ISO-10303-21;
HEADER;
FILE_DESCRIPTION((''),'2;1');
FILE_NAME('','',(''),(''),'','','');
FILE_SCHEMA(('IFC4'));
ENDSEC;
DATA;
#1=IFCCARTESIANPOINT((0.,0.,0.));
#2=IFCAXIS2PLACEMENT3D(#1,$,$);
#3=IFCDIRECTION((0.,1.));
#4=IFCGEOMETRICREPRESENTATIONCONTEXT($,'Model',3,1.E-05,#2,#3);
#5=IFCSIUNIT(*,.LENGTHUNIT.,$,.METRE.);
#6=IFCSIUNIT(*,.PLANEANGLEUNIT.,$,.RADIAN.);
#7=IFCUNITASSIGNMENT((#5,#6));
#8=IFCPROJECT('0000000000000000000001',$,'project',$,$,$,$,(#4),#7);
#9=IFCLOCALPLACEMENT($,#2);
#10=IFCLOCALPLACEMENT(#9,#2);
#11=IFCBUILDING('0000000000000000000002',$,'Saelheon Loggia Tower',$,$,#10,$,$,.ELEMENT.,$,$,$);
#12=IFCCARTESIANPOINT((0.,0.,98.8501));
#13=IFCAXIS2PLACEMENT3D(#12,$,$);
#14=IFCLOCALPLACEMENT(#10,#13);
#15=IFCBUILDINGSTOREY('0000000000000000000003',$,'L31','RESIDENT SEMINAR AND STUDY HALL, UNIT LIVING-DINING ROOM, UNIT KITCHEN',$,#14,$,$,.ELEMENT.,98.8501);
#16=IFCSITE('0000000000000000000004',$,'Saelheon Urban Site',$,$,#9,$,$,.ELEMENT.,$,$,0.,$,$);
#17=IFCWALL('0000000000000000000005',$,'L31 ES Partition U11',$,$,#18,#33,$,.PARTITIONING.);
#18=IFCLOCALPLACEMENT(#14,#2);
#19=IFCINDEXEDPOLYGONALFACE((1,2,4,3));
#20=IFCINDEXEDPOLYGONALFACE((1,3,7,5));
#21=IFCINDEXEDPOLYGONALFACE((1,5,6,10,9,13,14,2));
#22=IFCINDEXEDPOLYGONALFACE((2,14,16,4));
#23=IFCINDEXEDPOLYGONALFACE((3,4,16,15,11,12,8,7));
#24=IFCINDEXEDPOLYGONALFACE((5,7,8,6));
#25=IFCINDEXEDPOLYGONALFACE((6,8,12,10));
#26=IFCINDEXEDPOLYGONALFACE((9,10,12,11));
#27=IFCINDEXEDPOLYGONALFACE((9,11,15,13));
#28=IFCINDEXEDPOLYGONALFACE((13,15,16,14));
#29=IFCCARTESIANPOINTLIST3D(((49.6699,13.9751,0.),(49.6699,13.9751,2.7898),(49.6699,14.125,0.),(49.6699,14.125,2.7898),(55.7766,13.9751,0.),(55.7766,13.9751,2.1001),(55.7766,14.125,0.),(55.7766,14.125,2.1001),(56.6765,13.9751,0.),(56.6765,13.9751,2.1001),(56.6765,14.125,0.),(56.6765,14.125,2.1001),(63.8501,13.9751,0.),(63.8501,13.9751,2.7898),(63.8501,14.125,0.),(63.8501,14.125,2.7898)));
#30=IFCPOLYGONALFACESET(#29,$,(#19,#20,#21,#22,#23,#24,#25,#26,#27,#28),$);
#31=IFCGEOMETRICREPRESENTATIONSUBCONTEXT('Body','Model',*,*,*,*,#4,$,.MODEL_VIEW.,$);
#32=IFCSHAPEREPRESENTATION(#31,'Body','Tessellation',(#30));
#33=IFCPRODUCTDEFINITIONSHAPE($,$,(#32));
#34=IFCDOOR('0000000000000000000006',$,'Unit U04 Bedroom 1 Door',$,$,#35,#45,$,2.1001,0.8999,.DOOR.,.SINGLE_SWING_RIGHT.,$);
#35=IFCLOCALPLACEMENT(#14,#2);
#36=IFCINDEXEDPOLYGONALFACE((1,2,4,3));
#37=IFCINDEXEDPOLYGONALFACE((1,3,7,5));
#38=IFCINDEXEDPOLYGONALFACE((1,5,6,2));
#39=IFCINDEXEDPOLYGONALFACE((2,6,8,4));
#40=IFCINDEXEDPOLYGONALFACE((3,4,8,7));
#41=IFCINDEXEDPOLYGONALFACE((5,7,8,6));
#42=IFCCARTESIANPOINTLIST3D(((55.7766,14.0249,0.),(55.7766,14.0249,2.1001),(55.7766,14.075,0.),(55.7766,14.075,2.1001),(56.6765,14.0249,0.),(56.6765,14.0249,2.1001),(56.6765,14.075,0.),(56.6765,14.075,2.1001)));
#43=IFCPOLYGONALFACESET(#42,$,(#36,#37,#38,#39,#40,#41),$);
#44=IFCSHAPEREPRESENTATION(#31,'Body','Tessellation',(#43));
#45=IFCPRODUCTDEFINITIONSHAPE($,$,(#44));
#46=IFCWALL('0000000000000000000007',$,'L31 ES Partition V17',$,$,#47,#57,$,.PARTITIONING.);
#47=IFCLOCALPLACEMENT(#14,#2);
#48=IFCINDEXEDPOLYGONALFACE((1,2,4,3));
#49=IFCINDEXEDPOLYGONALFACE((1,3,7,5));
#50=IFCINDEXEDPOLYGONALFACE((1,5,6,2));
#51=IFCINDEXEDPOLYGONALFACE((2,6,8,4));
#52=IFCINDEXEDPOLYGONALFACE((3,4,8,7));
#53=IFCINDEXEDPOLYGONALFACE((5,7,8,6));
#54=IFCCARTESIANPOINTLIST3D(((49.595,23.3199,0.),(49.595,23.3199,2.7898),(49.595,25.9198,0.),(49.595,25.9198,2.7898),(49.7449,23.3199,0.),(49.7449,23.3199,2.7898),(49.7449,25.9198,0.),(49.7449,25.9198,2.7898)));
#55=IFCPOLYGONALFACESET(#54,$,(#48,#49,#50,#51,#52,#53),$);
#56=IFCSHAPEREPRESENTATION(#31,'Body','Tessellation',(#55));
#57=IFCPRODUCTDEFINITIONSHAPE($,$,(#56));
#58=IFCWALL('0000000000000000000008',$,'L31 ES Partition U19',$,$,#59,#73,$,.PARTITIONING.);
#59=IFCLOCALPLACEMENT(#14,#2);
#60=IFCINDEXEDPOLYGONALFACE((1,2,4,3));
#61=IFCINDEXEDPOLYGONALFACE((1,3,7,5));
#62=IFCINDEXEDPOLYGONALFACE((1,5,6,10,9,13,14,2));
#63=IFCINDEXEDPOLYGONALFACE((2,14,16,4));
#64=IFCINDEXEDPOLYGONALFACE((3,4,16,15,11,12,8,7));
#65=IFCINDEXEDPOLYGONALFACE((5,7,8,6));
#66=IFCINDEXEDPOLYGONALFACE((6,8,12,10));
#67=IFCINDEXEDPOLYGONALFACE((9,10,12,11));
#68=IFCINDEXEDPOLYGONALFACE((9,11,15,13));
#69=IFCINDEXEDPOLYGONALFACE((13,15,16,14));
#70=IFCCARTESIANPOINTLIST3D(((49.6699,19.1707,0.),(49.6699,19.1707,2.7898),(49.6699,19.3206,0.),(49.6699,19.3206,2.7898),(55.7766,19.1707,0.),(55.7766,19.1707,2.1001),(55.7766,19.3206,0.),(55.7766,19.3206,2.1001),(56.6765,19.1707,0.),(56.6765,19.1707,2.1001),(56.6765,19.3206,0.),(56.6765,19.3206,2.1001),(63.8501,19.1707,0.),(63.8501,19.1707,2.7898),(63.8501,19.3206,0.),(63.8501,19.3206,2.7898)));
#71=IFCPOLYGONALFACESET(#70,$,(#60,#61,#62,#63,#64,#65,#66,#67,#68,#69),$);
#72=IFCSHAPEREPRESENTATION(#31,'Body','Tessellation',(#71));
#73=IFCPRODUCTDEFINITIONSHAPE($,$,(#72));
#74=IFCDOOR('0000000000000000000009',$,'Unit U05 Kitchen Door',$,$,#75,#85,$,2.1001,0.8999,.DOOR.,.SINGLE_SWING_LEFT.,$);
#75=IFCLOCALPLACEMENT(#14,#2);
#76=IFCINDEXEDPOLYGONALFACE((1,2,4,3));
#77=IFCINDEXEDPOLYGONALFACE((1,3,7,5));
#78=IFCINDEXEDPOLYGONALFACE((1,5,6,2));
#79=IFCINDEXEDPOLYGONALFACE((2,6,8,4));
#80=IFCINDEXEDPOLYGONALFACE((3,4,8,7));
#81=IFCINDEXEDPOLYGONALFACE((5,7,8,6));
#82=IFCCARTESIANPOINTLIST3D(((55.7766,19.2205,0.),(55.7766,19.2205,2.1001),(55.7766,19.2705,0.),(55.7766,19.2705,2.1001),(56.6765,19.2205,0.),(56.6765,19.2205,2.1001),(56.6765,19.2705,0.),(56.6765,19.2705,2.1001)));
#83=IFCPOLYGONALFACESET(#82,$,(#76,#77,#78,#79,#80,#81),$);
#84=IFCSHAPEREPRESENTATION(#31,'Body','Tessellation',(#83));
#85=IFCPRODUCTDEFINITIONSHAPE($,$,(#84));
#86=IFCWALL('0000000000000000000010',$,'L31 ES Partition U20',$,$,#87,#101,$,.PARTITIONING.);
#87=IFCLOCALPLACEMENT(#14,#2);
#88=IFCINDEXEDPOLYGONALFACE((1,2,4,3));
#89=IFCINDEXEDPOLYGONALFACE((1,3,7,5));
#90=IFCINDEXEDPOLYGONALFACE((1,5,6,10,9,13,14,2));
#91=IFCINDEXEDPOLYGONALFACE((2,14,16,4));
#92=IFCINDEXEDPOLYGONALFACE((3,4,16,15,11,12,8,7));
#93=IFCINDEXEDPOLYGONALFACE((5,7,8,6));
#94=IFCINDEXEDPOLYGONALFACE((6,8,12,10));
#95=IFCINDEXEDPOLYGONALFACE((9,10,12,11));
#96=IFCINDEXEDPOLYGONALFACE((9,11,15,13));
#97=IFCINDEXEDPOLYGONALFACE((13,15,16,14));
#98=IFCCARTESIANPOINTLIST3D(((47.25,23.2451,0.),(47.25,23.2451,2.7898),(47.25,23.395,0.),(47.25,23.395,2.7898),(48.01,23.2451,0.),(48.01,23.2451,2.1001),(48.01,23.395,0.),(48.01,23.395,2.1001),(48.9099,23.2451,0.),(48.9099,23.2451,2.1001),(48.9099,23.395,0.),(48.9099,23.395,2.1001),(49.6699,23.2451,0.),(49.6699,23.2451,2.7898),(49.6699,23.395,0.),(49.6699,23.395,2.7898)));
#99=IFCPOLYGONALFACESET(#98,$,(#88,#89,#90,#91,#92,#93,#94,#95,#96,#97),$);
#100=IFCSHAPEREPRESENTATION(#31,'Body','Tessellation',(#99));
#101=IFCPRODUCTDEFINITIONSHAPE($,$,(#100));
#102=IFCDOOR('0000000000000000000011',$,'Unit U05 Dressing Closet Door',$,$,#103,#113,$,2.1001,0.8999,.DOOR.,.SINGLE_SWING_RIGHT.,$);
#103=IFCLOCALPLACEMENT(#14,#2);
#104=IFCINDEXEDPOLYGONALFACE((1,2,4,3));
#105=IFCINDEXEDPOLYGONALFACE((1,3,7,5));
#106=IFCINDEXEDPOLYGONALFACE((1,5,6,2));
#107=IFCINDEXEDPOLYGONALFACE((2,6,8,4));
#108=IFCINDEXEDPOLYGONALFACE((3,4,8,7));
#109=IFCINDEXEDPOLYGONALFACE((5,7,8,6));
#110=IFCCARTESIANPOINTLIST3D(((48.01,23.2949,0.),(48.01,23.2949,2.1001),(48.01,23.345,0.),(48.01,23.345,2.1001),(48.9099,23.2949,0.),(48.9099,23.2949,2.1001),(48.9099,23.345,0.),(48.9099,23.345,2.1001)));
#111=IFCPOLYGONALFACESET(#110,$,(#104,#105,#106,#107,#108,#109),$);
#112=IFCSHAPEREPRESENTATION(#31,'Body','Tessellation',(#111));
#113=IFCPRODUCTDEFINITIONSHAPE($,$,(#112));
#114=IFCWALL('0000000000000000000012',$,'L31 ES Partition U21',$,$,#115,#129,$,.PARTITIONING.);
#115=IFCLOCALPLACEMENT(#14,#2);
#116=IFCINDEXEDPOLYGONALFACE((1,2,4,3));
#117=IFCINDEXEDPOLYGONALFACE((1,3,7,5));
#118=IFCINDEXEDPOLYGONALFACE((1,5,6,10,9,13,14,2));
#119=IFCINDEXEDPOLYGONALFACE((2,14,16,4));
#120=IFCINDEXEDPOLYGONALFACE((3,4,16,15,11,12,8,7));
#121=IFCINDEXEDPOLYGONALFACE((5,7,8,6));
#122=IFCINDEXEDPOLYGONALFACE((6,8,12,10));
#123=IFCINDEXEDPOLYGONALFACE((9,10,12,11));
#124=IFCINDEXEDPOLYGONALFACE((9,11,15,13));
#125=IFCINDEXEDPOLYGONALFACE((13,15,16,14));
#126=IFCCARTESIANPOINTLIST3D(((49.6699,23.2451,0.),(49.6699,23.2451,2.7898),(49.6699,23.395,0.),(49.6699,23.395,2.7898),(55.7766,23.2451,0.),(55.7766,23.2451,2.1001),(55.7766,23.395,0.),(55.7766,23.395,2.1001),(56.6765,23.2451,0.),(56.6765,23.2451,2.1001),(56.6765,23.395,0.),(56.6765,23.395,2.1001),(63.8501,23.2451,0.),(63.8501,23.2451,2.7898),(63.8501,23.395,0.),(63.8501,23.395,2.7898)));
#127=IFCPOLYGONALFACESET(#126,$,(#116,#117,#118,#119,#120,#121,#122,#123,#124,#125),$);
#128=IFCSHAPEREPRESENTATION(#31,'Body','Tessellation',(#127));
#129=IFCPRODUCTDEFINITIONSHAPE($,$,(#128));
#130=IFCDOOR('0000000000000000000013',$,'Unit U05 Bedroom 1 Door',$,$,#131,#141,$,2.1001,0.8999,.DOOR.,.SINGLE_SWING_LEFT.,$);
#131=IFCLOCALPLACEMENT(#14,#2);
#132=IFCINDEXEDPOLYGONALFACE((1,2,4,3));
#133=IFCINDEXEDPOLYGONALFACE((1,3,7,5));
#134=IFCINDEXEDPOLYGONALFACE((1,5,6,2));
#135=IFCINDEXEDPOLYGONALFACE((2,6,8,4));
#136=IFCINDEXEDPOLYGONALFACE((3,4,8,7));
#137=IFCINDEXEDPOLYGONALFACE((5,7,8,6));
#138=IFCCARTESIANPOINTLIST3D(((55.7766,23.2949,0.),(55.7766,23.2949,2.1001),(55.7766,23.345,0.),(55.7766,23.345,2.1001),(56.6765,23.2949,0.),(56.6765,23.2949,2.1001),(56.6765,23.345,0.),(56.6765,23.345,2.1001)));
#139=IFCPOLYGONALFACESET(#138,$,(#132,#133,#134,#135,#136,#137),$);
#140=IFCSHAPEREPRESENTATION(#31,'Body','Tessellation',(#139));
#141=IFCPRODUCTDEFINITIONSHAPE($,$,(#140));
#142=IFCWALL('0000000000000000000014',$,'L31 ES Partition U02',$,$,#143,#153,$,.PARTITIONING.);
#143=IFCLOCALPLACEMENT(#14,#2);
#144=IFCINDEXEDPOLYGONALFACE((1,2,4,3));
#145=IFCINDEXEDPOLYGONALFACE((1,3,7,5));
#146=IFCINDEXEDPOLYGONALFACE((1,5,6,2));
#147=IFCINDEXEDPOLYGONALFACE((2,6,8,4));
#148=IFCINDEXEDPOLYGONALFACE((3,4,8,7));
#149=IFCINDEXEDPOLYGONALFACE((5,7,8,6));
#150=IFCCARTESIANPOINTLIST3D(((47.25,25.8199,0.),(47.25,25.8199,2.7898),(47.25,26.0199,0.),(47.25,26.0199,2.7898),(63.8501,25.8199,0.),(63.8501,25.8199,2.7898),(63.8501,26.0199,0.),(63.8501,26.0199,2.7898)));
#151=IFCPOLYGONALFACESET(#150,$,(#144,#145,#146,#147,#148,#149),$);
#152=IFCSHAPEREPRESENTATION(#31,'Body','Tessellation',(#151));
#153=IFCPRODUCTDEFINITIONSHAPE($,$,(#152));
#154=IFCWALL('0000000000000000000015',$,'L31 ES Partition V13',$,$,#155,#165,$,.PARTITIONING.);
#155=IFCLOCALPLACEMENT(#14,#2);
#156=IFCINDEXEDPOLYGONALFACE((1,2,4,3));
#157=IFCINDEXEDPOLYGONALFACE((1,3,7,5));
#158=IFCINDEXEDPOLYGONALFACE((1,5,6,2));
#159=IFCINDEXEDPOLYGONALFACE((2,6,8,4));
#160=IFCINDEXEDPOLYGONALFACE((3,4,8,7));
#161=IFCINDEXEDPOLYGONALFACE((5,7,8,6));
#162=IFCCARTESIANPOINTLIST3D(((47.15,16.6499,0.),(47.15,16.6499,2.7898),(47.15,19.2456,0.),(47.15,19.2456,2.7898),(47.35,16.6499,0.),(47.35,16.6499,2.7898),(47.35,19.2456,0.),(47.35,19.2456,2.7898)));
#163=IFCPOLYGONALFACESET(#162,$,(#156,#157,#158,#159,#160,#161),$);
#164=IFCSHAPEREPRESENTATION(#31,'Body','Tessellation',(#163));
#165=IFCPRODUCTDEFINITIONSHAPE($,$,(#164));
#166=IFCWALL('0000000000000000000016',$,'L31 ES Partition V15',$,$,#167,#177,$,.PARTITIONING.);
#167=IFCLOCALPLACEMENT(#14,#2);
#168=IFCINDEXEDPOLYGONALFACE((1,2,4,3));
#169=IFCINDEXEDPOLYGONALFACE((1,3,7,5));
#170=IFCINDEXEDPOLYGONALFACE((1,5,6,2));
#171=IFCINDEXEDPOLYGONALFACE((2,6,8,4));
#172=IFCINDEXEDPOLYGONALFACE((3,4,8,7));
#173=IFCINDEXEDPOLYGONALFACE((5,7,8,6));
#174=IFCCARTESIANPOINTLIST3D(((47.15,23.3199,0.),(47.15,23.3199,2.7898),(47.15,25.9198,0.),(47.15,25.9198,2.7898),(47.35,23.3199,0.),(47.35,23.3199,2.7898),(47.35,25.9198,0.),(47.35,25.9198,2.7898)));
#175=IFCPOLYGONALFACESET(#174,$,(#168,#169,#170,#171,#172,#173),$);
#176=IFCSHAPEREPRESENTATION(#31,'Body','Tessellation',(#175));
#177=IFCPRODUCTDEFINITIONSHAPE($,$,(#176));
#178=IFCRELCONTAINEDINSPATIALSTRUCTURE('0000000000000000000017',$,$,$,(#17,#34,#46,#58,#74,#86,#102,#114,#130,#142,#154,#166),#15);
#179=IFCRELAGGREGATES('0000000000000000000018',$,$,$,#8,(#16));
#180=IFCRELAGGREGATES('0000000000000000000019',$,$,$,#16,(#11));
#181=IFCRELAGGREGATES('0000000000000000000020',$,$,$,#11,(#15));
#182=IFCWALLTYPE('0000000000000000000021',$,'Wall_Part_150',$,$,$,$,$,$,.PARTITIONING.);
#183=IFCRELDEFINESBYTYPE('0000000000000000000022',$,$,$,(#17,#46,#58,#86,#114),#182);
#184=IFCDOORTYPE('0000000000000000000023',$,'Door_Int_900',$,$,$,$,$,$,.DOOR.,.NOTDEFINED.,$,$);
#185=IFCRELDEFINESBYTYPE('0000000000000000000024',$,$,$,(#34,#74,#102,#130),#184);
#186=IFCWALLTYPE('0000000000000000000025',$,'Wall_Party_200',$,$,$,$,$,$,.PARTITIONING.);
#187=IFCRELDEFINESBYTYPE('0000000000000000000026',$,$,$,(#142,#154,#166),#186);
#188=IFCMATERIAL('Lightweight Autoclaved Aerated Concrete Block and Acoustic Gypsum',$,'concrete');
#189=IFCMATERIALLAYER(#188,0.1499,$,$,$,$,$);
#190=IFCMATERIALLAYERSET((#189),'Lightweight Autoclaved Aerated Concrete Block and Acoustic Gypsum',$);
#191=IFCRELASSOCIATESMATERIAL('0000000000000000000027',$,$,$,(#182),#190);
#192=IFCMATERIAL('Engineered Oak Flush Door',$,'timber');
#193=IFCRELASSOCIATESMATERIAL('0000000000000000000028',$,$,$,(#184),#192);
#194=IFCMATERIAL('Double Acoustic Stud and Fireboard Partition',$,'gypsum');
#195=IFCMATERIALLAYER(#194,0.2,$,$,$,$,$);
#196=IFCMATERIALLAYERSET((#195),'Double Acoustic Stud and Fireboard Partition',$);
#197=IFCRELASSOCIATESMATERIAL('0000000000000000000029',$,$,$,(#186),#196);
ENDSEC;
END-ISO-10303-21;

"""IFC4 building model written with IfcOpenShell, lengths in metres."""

from ifc_helpers import new_model, si_unit, direction, frame, frame_2d, origin, place, context, subcontext, project, spatial, rectangle, extrude, source, transform, mapped, material, layer, layer_set, type_object, element, fill, save


model = new_model("IFC4")

# Units and contexts
model_context = context("Model", 3, precision=1e-05, world=origin(), true_north=direction((0.0, 1.0)))
body_context = subcontext(model_context, "Body", "Model", "MODEL_VIEW")
ifc_project = project(units=[si_unit("LENGTHUNIT", "METRE"), si_unit("PLANEANGLEUNIT", "RADIAN")], contexts=[model_context])

# Site, building, storey
site_placement = place(None, origin())
site = spatial("IfcSite", under=ifc_project, at=site_placement, Name="Saelheon Urban Site", CompositionType="ELEMENT", RefElevation=0.0)
building_placement = place(site_placement, origin())
building = spatial("IfcBuilding", under=site, at=building_placement, Name="Saelheon Loggia Tower", CompositionType="ELEMENT")
storey_placement = place(building_placement, frame((0.0, 0.0, 98.8501)))
storey = spatial("IfcBuildingStorey", under=building, at=storey_placement, Name="L31", Description="RESIDENT SEMINAR AND STUDY HALL, UNIT LIVING-DINING ROOM, UNIT KITCHEN", CompositionType="ELEMENT", Elevation=98.8501)

# Shared definitions
ifc_material_1 = material(Name="Lightweight Autoclaved Aerated Concrete Block and Acoustic Gypsum", Category="concrete")
ifc_layer_1 = layer(ifc_material_1, 0.1499)
ifc_layer_set_1 = layer_set([ifc_layer_1], Name="Lightweight Autoclaved Aerated Concrete Block and Acoustic Gypsum")
wall_type_1 = type_object("IfcWallType", Name="Wall_Part_150", PredefinedType="PARTITIONING", material=ifc_layer_set_1)

# Wall, opening, door
ifc_material_2 = material(Name="Engineered Oak Flush Door", Category="timber")
door_type_1 = type_object("IfcDoorType", Name="Door_Int_900", OperationType="NOTDEFINED", PredefinedType="DOOR", material=ifc_material_2)
shared_shape_1 = source(origin(), body_context, "Body", "SweptSolid", [
    extrude(rectangle(XDim=0.8999, YDim=2.1001, at=frame_2d((0.45, 1.05))), frame((0.0, 0.0249, 0.0), z_axis=(0.0, -1.0, 0.0), x_axis=(1.0, 0.0, 0.0)), (0.0, 0.0, 1.0), 0.05),
])
wall_1_placement = place(storey_placement, frame((49.6699, 14.05, 0.0), z_axis=(0.0, 0.0, 1.0), x_axis=(1.0, 0.0, 0.0)))
wall_1 = element("IfcWall", 1, at=wall_1_placement, inside=storey, type_object=wall_type_1, Name="L31 ES Partition U11", PredefinedType="PARTITIONING", context=body_context, shape_type="SweptSolid", body=[
    extrude(rectangle(XDim=14.1802, YDim=0.1499, at=frame_2d((7.0901, 0.0))), origin(), (0.0, 0.0, 1.0), 2.7898),
])
opening_1_placement = place(wall_1_placement, frame((6.1067, 0.0, 0.0)))
opening_1 = element("IfcOpeningElement", 2, at=opening_1_placement, cuts=wall_1, PredefinedType="OPENING", context=body_context, shape_type="SweptSolid", body=[
    extrude(rectangle(XDim=0.8999, YDim=2.1001, at=frame_2d((0.45, 1.05))), frame((0.0, 0.0869, 0.0), z_axis=(0.0, -1.0, 0.0), x_axis=(1.0, 0.0, 0.0)), (0.0, 0.0, 1.0), 0.1738),
])
door_1_placement = place(opening_1_placement, origin())
door_1 = element("IfcDoor", 3, at=door_1_placement, inside=storey, type_object=door_type_1, Name="Unit U04 Bedroom 1 Door", OperationType="SINGLE_SWING_RIGHT", OverallHeight=2.1001, OverallWidth=0.8999, PredefinedType="DOOR", context=body_context, shape_type="MappedRepresentation", body=[
    mapped(shared_shape_1, transform((0.0, 0.0, 0.0), scale=1.0)),
])
fill(opening_1, door_1)

# Wall
wall_2_placement = place(storey_placement, frame((49.6699, 23.3201, 0.0), z_axis=(0.0, 0.0, 1.0), x_axis=(0.0, 1.0, 0.0)))
element("IfcWall", 4, at=wall_2_placement, inside=storey, type_object=wall_type_1, Name="L31 ES Partition V17", PredefinedType="PARTITIONING", context=body_context, shape_type="SweptSolid", body=[
    extrude(rectangle(XDim=2.5999, YDim=0.1499, at=frame_2d((1.2998, 0.0))), origin(), (0.0, 0.0, 1.0), 2.7898),
])

# Walls, openings, doors
wall_3_placement = place(storey_placement, frame((49.6699, 19.2456, 0.0), z_axis=(0.0, 0.0, 1.0), x_axis=(1.0, 0.0, 0.0)))
wall_3 = element("IfcWall", 5, at=wall_3_placement, inside=storey, type_object=wall_type_1, Name="L31 ES Partition U19", PredefinedType="PARTITIONING", context=body_context, shape_type="SweptSolid", body=[
    extrude(rectangle(XDim=14.1802, YDim=0.1499, at=frame_2d((7.0901, 0.0))), origin(), (0.0, 0.0, 1.0), 2.7898),
])
opening_2_placement = place(wall_3_placement, frame((6.1067, 0.0, 0.0)))
opening_2 = element("IfcOpeningElement", 6, at=opening_2_placement, cuts=wall_3, PredefinedType="OPENING", context=body_context, shape_type="SweptSolid", body=[
    extrude(rectangle(XDim=0.8999, YDim=2.1001, at=frame_2d((0.45, 1.05))), frame((0.0, 0.0869, 0.0), z_axis=(0.0, -1.0, 0.0), x_axis=(1.0, 0.0, 0.0)), (0.0, 0.0, 1.0), 0.1738),
])
door_2_placement = place(opening_2_placement, origin())
door_2 = element("IfcDoor", 7, at=door_2_placement, inside=storey, type_object=door_type_1, Name="Unit U05 Kitchen Door", OperationType="SINGLE_SWING_LEFT", OverallHeight=2.1001, OverallWidth=0.8999, PredefinedType="DOOR", context=body_context, shape_type="MappedRepresentation", body=[
    mapped(shared_shape_1, transform((0.0, 0.0, 0.0), scale=1.0)),
])
fill(opening_2, door_2)
wall_4_placement = place(storey_placement, frame((47.25, 23.3201, 0.0), z_axis=(0.0, 0.0, 1.0), x_axis=(1.0, 0.0, 0.0)))
wall_4 = element("IfcWall", 8, at=wall_4_placement, inside=storey, type_object=wall_type_1, Name="L31 ES Partition U20", PredefinedType="PARTITIONING", context=body_context, shape_type="SweptSolid", body=[
    extrude(rectangle(XDim=2.4199, YDim=0.1499, at=frame_2d((1.21, 0.0))), origin(), (0.0, 0.0, 1.0), 2.7898),
])
opening_3_placement = place(wall_4_placement, frame((0.76, 0.0, 0.0)))
opening_3 = element("IfcOpeningElement", 9, at=opening_3_placement, cuts=wall_4, PredefinedType="OPENING", context=body_context, shape_type="SweptSolid", body=[
    extrude(rectangle(XDim=0.8999, YDim=2.1001, at=frame_2d((0.45, 1.05))), frame((0.0, 0.0869, 0.0), z_axis=(0.0, -1.0, 0.0), x_axis=(1.0, 0.0, 0.0)), (0.0, 0.0, 1.0), 0.1738),
])
door_3_placement = place(opening_3_placement, origin())
door_3 = element("IfcDoor", 10, at=door_3_placement, inside=storey, type_object=door_type_1, Name="Unit U05 Dressing Closet Door", OperationType="SINGLE_SWING_RIGHT", OverallHeight=2.1001, OverallWidth=0.8999, PredefinedType="DOOR", context=body_context, shape_type="MappedRepresentation", body=[
    mapped(shared_shape_1, transform((0.0, 0.0, 0.0), scale=1.0)),
])
fill(opening_3, door_3)
wall_5_placement = place(storey_placement, frame((49.6699, 23.3201, 0.0), z_axis=(0.0, 0.0, 1.0), x_axis=(1.0, 0.0, 0.0)))
wall_5 = element("IfcWall", 11, at=wall_5_placement, inside=storey, type_object=wall_type_1, Name="L31 ES Partition U21", PredefinedType="PARTITIONING", context=body_context, shape_type="SweptSolid", body=[
    extrude(rectangle(XDim=14.1802, YDim=0.1499, at=frame_2d((7.0901, 0.0))), origin(), (0.0, 0.0, 1.0), 2.7898),
])
opening_4_placement = place(wall_5_placement, frame((6.1067, 0.0, 0.0)))
opening_4 = element("IfcOpeningElement", 12, at=opening_4_placement, cuts=wall_5, PredefinedType="OPENING", context=body_context, shape_type="SweptSolid", body=[
    extrude(rectangle(XDim=0.8999, YDim=2.1001, at=frame_2d((0.45, 1.05))), frame((0.0, 0.0869, 0.0), z_axis=(0.0, -1.0, 0.0), x_axis=(1.0, 0.0, 0.0)), (0.0, 0.0, 1.0), 0.1738),
])
door_4_placement = place(opening_4_placement, origin())
door_4 = element("IfcDoor", 13, at=door_4_placement, inside=storey, type_object=door_type_1, Name="Unit U05 Bedroom 1 Door", OperationType="SINGLE_SWING_LEFT", OverallHeight=2.1001, OverallWidth=0.8999, PredefinedType="DOOR", context=body_context, shape_type="MappedRepresentation", body=[
    mapped(shared_shape_1, transform((0.0, 0.0, 0.0), scale=1.0)),
])
fill(opening_4, door_4)

# Walls
ifc_material_3 = material(Name="Double Acoustic Stud and Fireboard Partition", Category="gypsum")
ifc_layer_2 = layer(ifc_material_3, 0.2)
ifc_layer_set_2 = layer_set([ifc_layer_2], Name="Double Acoustic Stud and Fireboard Partition")
wall_type_2 = type_object("IfcWallType", Name="Wall_Party_200", PredefinedType="PARTITIONING", material=ifc_layer_set_2)
wall_6_placement = place(storey_placement, frame((47.25, 25.9199, 0.0), z_axis=(0.0, 0.0, 1.0), x_axis=(1.0, 0.0, 0.0)))
element("IfcWall", 14, at=wall_6_placement, inside=storey, type_object=wall_type_2, Name="L31 ES Partition U02", PredefinedType="PARTITIONING", context=body_context, shape_type="SweptSolid", body=[
    extrude(rectangle(XDim=16.6001, YDim=0.2, at=frame_2d((8.3, 0.0))), origin(), (0.0, 0.0, 1.0), 2.7898),
])
wall_7_placement = place(storey_placement, frame((47.25, 16.6499, 0.0), z_axis=(0.0, 0.0, 1.0), x_axis=(0.0, 1.0, 0.0)))
element("IfcWall", 15, at=wall_7_placement, inside=storey, type_object=wall_type_2, Name="L31 ES Partition V13", PredefinedType="PARTITIONING", context=body_context, shape_type="SweptSolid", body=[
    extrude(rectangle(XDim=2.5957, YDim=0.2, at=frame_2d((1.2979, 0.0))), origin(), (0.0, 0.0, 1.0), 2.7898),
])

# Wall
wall_8_placement = place(storey_placement, frame((47.25, 23.3201, 0.0), z_axis=(0.0, 0.0, 1.0), x_axis=(0.0, 1.0, 0.0)))
element("IfcWall", 16, at=wall_8_placement, inside=storey, type_object=wall_type_2, Name="L31 ES Partition V15", PredefinedType="PARTITIONING", context=body_context, shape_type="SweptSolid", body=[
    extrude(rectangle(XDim=2.5999, YDim=0.2, at=frame_2d((1.2998, 0.0))), origin(), (0.0, 0.0, 1.0), 2.7898),
])

save(model, "model.ifc")
